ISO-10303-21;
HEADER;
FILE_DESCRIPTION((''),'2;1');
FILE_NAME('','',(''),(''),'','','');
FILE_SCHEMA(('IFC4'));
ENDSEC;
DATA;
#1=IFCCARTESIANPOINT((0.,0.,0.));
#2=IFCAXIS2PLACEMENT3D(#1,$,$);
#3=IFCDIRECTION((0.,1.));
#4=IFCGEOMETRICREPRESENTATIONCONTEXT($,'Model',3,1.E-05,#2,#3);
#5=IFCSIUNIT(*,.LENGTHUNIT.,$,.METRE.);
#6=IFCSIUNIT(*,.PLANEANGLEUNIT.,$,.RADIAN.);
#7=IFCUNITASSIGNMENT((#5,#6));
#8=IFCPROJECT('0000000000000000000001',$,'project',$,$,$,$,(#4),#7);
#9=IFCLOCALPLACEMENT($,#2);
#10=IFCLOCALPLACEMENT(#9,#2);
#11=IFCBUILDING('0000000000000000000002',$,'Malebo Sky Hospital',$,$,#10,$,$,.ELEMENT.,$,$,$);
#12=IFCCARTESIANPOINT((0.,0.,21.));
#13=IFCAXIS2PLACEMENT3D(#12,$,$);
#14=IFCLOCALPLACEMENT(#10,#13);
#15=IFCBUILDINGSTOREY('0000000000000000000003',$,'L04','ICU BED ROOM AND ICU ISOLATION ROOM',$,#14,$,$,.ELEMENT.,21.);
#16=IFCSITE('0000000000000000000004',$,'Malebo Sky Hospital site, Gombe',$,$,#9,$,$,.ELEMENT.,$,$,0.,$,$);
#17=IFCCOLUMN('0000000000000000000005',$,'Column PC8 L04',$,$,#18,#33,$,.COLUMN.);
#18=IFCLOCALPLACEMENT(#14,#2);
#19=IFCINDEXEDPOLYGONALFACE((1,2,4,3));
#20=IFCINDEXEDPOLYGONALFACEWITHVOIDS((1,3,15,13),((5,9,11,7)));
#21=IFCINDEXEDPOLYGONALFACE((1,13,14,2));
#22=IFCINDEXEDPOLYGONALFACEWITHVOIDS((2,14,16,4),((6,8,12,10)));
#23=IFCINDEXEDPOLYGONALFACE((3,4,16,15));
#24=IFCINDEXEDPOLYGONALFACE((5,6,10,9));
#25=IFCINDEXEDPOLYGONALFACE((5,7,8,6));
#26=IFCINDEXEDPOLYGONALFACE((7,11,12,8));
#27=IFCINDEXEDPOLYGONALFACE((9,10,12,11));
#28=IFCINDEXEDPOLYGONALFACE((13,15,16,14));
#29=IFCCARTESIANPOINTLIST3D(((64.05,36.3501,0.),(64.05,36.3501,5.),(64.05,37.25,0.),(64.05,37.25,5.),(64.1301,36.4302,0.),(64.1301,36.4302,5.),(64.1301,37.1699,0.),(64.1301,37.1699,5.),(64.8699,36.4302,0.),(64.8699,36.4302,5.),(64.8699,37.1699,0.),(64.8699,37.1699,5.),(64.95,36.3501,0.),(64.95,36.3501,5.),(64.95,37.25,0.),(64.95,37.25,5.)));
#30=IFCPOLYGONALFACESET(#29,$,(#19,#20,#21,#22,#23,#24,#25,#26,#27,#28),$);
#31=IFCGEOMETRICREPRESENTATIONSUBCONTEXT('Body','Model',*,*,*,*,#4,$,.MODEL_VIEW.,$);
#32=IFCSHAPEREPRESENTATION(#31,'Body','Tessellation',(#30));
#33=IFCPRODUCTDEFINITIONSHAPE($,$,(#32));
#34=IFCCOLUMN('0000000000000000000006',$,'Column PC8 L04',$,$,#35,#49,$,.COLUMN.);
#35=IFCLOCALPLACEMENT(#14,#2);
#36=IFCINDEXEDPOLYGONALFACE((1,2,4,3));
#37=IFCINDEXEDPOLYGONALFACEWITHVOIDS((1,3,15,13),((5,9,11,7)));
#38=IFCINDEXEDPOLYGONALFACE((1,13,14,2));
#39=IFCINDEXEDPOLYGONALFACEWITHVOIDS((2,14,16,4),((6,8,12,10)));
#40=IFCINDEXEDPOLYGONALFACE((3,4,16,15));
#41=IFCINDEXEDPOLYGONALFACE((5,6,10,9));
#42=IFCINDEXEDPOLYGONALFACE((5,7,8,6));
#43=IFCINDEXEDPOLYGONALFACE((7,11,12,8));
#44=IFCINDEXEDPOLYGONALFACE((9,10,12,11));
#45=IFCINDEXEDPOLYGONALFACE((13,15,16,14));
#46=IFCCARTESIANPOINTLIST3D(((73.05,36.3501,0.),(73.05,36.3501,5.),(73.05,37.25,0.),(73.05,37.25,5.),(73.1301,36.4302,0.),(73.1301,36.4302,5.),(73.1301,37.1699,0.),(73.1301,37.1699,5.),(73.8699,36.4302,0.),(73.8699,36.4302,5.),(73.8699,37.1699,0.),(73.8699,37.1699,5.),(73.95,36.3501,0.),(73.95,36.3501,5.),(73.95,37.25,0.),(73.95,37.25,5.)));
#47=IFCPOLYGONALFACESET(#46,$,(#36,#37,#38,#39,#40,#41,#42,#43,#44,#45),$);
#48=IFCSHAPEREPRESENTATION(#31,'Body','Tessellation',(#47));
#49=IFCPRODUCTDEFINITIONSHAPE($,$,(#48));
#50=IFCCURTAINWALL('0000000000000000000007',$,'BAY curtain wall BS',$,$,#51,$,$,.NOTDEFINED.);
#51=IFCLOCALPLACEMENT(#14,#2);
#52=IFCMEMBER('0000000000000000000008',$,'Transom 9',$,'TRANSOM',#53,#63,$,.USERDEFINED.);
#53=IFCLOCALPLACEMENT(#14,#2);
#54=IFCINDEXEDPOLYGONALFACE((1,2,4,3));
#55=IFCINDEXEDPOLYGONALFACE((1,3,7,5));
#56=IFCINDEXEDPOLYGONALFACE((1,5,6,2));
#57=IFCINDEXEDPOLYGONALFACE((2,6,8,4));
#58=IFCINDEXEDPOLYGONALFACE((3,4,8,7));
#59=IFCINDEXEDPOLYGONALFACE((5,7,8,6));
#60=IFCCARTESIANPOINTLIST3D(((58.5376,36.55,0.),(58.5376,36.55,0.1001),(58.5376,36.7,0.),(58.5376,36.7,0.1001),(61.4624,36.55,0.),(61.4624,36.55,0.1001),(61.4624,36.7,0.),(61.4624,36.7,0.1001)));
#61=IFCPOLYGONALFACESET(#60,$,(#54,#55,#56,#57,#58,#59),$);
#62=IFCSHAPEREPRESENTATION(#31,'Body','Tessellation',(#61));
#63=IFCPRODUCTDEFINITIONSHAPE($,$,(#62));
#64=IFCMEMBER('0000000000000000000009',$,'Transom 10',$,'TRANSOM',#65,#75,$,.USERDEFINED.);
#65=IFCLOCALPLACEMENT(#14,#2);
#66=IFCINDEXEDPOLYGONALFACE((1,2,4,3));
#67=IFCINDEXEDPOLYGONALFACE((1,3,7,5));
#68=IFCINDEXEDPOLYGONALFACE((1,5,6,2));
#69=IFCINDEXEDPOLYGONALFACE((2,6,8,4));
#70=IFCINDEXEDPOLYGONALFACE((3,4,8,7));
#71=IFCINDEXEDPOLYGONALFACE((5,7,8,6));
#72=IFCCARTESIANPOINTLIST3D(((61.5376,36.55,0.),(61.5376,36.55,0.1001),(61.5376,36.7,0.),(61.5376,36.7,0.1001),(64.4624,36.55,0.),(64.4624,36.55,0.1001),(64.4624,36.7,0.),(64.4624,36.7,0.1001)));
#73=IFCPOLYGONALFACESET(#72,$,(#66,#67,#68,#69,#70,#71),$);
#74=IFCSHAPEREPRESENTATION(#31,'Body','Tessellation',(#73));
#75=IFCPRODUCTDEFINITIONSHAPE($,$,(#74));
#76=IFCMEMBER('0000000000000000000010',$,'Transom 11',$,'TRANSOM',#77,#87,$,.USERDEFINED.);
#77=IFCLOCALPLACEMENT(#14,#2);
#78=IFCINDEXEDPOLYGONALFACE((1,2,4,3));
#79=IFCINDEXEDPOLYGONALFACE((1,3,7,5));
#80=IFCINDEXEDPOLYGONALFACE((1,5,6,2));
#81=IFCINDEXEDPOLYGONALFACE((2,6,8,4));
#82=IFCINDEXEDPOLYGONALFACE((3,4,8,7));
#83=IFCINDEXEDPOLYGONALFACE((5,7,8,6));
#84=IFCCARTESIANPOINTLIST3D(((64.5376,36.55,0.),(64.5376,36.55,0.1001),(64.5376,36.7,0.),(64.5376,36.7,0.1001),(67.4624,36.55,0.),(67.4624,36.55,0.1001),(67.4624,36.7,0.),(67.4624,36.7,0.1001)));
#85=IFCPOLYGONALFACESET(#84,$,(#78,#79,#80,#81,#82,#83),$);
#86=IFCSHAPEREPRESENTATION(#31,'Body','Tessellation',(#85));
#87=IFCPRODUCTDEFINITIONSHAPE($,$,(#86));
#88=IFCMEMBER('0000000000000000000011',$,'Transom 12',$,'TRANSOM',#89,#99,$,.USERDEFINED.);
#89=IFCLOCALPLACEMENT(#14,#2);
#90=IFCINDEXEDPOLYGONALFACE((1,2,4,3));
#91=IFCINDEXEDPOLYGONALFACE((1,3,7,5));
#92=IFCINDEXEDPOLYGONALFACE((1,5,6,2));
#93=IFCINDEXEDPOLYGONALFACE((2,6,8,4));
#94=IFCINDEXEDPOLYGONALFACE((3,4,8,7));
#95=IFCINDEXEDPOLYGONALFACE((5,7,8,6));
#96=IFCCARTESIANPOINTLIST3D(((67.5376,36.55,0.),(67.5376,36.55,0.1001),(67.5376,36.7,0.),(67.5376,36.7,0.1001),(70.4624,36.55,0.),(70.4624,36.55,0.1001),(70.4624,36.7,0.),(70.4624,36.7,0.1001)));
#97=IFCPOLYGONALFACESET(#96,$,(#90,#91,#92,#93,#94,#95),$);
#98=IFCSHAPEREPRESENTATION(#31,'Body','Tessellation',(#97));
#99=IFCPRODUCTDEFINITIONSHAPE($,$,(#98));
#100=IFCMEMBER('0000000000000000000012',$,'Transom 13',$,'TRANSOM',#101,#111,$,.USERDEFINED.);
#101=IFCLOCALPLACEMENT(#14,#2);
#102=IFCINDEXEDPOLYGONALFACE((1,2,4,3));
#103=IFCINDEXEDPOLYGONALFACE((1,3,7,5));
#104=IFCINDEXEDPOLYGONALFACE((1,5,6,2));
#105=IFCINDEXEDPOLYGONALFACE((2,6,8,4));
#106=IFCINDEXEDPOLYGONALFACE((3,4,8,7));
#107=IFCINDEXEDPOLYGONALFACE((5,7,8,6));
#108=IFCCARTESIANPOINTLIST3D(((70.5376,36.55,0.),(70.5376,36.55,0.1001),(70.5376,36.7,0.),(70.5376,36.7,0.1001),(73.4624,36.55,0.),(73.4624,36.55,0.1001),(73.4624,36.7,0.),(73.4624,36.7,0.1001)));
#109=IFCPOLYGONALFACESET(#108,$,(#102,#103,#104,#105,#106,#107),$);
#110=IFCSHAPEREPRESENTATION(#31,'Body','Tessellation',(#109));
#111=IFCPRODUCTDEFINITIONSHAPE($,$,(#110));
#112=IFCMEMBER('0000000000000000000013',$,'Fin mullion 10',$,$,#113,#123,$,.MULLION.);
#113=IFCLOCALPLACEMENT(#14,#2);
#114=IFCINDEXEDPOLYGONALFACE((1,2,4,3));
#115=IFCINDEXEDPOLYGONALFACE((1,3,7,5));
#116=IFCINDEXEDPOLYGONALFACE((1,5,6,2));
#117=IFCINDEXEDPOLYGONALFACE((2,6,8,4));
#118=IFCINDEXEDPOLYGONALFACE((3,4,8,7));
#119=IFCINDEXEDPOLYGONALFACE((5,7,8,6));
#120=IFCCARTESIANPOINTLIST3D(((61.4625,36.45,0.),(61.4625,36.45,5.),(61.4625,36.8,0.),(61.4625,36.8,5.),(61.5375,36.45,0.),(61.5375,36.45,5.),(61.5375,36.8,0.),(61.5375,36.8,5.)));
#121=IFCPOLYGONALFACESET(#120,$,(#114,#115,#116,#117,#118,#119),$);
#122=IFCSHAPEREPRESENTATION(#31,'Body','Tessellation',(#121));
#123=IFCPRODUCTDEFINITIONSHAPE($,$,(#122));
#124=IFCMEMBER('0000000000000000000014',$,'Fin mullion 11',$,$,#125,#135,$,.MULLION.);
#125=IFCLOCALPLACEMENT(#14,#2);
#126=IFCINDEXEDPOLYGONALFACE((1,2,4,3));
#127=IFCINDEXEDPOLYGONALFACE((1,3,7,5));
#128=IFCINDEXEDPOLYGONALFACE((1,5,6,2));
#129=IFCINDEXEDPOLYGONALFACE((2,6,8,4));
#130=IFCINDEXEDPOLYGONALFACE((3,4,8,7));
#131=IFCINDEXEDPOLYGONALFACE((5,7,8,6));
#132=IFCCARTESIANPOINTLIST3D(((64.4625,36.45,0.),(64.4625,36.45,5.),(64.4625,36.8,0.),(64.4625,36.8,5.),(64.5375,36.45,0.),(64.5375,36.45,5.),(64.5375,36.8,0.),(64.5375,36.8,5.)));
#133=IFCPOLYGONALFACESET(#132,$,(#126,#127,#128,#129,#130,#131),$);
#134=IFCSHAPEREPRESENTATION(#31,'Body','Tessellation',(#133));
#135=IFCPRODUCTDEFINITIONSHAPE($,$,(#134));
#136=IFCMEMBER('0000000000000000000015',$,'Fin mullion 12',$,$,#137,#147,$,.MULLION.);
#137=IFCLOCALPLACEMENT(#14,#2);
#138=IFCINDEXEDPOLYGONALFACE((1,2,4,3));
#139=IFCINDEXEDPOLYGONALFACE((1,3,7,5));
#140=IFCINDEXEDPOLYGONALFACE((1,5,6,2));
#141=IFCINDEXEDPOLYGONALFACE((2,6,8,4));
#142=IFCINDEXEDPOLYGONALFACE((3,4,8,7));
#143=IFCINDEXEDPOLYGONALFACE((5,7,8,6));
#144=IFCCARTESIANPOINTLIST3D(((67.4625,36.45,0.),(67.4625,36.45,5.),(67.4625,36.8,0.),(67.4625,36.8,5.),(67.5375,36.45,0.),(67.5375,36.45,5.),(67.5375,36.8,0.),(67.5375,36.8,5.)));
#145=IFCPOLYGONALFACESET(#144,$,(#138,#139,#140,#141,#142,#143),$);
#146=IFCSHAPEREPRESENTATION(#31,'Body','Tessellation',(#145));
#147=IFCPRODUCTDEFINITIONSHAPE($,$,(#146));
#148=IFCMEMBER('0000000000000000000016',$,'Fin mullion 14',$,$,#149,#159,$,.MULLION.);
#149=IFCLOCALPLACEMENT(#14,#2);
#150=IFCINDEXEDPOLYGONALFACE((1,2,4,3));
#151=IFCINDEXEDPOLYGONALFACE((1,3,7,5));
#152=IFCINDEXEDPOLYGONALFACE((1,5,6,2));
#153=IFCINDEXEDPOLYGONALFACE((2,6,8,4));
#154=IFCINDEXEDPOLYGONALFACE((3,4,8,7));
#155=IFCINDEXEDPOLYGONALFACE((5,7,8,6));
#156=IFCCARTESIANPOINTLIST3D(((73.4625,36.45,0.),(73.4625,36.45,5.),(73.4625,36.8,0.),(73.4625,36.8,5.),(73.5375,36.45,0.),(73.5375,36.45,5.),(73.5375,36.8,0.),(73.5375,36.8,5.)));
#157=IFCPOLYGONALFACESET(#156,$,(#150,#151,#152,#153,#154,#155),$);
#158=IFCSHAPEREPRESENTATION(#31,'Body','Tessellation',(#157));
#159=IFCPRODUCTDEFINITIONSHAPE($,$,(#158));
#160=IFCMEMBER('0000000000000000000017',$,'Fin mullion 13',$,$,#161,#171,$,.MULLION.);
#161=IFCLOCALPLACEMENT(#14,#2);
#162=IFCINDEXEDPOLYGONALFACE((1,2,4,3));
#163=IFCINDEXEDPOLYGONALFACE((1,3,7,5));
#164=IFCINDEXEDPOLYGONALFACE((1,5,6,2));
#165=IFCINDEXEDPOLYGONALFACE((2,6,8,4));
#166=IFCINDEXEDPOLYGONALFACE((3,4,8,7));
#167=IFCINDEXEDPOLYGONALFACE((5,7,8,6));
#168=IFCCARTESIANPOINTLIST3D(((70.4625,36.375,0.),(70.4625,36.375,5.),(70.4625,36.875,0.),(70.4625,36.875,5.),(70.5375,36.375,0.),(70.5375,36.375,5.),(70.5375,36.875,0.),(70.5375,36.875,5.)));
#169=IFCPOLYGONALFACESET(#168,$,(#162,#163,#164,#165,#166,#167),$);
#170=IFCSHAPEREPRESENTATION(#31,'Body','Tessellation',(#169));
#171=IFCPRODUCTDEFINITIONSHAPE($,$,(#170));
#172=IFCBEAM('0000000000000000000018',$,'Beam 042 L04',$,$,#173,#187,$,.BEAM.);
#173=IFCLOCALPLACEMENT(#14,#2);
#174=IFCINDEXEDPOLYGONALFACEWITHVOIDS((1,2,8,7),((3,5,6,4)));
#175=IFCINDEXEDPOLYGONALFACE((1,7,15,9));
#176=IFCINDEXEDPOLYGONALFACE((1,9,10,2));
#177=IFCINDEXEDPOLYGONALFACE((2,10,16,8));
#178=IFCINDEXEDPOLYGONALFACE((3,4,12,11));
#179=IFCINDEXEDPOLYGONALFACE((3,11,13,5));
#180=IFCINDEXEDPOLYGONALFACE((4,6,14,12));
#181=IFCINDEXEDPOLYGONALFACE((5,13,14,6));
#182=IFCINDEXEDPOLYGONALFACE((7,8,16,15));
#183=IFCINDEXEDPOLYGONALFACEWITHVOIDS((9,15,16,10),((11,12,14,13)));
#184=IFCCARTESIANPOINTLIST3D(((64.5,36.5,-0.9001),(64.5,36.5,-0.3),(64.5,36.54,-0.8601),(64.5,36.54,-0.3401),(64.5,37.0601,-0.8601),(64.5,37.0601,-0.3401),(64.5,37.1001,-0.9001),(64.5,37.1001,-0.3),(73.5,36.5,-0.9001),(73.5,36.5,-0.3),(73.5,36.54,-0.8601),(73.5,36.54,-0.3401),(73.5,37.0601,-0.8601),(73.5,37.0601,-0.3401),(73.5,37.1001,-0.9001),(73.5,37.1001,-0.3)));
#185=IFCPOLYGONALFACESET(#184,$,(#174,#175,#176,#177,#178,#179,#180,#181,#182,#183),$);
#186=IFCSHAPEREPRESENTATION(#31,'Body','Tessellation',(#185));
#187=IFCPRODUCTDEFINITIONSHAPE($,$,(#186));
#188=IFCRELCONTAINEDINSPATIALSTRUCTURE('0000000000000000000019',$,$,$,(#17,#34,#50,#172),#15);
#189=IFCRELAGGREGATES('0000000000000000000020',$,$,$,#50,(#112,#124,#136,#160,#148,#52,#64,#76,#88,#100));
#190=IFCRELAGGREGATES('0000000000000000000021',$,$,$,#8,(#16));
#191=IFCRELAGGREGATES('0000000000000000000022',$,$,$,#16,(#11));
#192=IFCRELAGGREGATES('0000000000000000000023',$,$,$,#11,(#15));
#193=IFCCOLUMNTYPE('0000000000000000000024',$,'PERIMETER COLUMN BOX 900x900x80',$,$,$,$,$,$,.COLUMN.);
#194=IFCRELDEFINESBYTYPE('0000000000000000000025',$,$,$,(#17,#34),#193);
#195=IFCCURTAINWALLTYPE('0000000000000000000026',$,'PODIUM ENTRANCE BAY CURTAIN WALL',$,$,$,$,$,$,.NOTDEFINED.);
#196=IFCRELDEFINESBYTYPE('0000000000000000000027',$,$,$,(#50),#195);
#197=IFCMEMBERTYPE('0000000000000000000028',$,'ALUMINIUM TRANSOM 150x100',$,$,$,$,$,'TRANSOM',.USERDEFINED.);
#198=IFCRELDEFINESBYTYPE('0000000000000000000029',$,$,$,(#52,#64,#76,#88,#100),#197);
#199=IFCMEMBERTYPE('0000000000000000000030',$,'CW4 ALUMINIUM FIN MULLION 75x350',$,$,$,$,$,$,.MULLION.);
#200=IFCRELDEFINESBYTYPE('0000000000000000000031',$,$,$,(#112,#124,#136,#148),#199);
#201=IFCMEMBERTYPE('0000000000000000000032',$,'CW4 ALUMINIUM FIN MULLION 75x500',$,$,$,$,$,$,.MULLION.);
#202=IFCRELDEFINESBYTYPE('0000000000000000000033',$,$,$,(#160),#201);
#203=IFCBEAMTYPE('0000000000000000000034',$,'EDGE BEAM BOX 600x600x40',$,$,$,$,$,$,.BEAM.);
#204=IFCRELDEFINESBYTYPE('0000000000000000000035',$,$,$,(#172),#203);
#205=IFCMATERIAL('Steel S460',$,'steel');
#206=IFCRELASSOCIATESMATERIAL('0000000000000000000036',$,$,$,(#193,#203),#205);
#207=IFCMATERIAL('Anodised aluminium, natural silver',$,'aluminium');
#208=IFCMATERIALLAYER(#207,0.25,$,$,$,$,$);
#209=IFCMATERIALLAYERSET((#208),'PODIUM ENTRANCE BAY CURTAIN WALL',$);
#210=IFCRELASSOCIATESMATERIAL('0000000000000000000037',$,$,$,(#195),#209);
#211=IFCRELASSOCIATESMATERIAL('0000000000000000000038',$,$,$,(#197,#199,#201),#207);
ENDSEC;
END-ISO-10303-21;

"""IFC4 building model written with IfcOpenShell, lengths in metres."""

from ifc_helpers import new_model, si_unit, direction, frame, origin, origin_2d, place, context, subcontext, project, spatial, rectangle, hollow_rectangle, extrude, material, layer, layer_set, material_profile, profile_set, type_object, element, aggregate, save


model = new_model("IFC4")

# Units and contexts
model_context = context("Model", 3, precision=1e-05, world=origin(), true_north=direction((0.0, 1.0)))
body_context = subcontext(model_context, "Body", "Model", "MODEL_VIEW")
ifc_project = project(units=[si_unit("LENGTHUNIT", "METRE"), si_unit("PLANEANGLEUNIT", "RADIAN")], contexts=[model_context])

# Site, building, storey
site_placement = place(None, origin())
site = spatial("IfcSite", under=ifc_project, at=site_placement, Name="Malebo Sky Hospital site, Gombe", CompositionType="ELEMENT", RefElevation=0.0)
building_placement = place(site_placement, origin())
building = spatial("IfcBuilding", under=site, at=building_placement, Name="Malebo Sky Hospital", CompositionType="ELEMENT")
storey_placement = place(building_placement, frame((0.0, 0.0, 21.0)))
storey = spatial("IfcBuildingStorey", under=building, at=storey_placement, Name="L04", Description="ICU BED ROOM AND ICU ISOLATION ROOM", CompositionType="ELEMENT", Elevation=21.0)

# Columns
ifc_material_1 = material(Name="Steel S460", Category="steel")
ifc_material_profile_1 = material_profile(ifc_material_1, hollow_rectangle(XDim=0.8999, YDim=0.8999, WallThickness=0.0801, at=origin_2d()), Name="BOX 900x900x80")
ifc_profile_set_1 = profile_set([ifc_material_profile_1], Name="Steel S460")
column_type = type_object("IfcColumnType", Name="PERIMETER COLUMN BOX 900x900x80", PredefinedType="COLUMN", material=ifc_profile_set_1)
for number, where, z_axis, x_axis, name in (
    (1, (64.5, 36.8, 0.0), (0.0, 0.0, 1.0), (1.0, 0.0, 0.0), "Column PC8 L04"),
    (2, (73.5, 36.8, 0.0), (0.0, 0.0, 1.0), (1.0, 0.0, 0.0), "Column PC8 L04"),
):
    element("IfcColumn", number, at=place(storey_placement, frame(where, z_axis=z_axis, x_axis=x_axis)), inside=storey, type_object=column_type, Name=name, PredefinedType="COLUMN", context=body_context, shape_type="SweptSolid", body=[
        extrude(hollow_rectangle(XDim=0.8999, YDim=0.8999, WallThickness=0.0801, at=origin_2d()), origin(), (0.0, 0.0, 1.0), 5.0),
    ])

# Curtain wall, members
ifc_material_2 = material(Name="Anodised aluminium, natural silver", Category="aluminium")
ifc_layer_1 = layer(ifc_material_2, 0.25)
ifc_layer_set_1 = layer_set([ifc_layer_1], Name="PODIUM ENTRANCE BAY CURTAIN WALL")
curtain_wall_type = type_object("IfcCurtainWallType", Name="PODIUM ENTRANCE BAY CURTAIN WALL", PredefinedType="NOTDEFINED", material=ifc_layer_set_1)
curtain_wall_placement = place(storey_placement, origin())
curtain_wall = element("IfcCurtainWall", 3, at=curtain_wall_placement, inside=storey, type_object=curtain_wall_type, Name="BAY curtain wall BS", PredefinedType="NOTDEFINED")
ifc_material_profile_2 = material_profile(ifc_material_2, rectangle(XDim=0.1499, YDim=0.1001, at=origin_2d()), Name="ALUMINIUM TRANSOM 150x100")
ifc_profile_set_2 = profile_set([ifc_material_profile_2], Name="Anodised aluminium, natural silver")
member_type_1 = type_object("IfcMemberType", Name="ALUMINIUM TRANSOM 150x100", ElementType="TRANSOM", PredefinedType="USERDEFINED", material=ifc_profile_set_2)
member_1_placement = place(storey_placement, frame((58.5376, 36.625, 0.05), z_axis=(1.0, 0.0, 0.0), x_axis=(0.0, 1.0, 0.0)))
member_1 = element("IfcMember", 4, at=member_1_placement, type_object=member_type_1, Name="Transom 9", ObjectType="TRANSOM", PredefinedType="USERDEFINED", context=body_context, shape_type="SweptSolid", body=[
    extrude(rectangle(XDim=0.1499, YDim=0.1001, at=origin_2d()), origin(), (0.0, 0.0, 1.0), 2.9248),
])
member_2_placement = place(storey_placement, frame((61.5376, 36.625, 0.05), z_axis=(1.0, 0.0, 0.0), x_axis=(0.0, 1.0, 0.0)))
member_2 = element("IfcMember", 5, at=member_2_placement, type_object=member_type_1, Name="Transom 10", ObjectType="TRANSOM", PredefinedType="USERDEFINED", context=body_context, shape_type="SweptSolid", body=[
    extrude(rectangle(XDim=0.1499, YDim=0.1001, at=origin_2d()), origin(), (0.0, 0.0, 1.0), 2.9248),
])
member_3_placement = place(storey_placement, frame((64.5376, 36.625, 0.05), z_axis=(1.0, 0.0, 0.0), x_axis=(0.0, 1.0, 0.0)))
member_3 = element("IfcMember", 6, at=member_3_placement, type_object=member_type_1, Name="Transom 11", ObjectType="TRANSOM", PredefinedType="USERDEFINED", context=body_context, shape_type="SweptSolid", body=[
    extrude(rectangle(XDim=0.1499, YDim=0.1001, at=origin_2d()), origin(), (0.0, 0.0, 1.0), 2.9248),
])
member_4_placement = place(storey_placement, frame((67.5376, 36.625, 0.05), z_axis=(1.0, 0.0, 0.0), x_axis=(0.0, 1.0, 0.0)))
member_4 = element("IfcMember", 7, at=member_4_placement, type_object=member_type_1, Name="Transom 12", ObjectType="TRANSOM", PredefinedType="USERDEFINED", context=body_context, shape_type="SweptSolid", body=[
    extrude(rectangle(XDim=0.1499, YDim=0.1001, at=origin_2d()), origin(), (0.0, 0.0, 1.0), 2.9248),
])
member_5_placement = place(storey_placement, frame((70.5376, 36.625, 0.05), z_axis=(1.0, 0.0, 0.0), x_axis=(0.0, 1.0, 0.0)))
member_5 = element("IfcMember", 8, at=member_5_placement, type_object=member_type_1, Name="Transom 13", ObjectType="TRANSOM", PredefinedType="USERDEFINED", context=body_context, shape_type="SweptSolid", body=[
    extrude(rectangle(XDim=0.1499, YDim=0.1001, at=origin_2d()), origin(), (0.0, 0.0, 1.0), 2.9248),
])
ifc_material_profile_3 = material_profile(ifc_material_2, rectangle(XDim=0.075, YDim=0.3501, at=origin_2d()), Name="CW4 ALUMINIUM FIN MULLION 75x350")
ifc_profile_set_3 = profile_set([ifc_material_profile_3], Name="Anodised aluminium, natural silver")
member_type_2 = type_object("IfcMemberType", Name="CW4 ALUMINIUM FIN MULLION 75x350", PredefinedType="MULLION", material=ifc_profile_set_3)
member_6_placement = place(storey_placement, frame((61.5, 36.625, 0.0), z_axis=(0.0, 0.0, 1.0), x_axis=(1.0, 0.0, 0.0)))
member_6 = element("IfcMember", 9, at=member_6_placement, type_object=member_type_2, Name="Fin mullion 10", PredefinedType="MULLION", context=body_context, shape_type="SweptSolid", body=[
    extrude(rectangle(XDim=0.075, YDim=0.3501, at=origin_2d()), origin(), (0.0, 0.0, 1.0), 5.0),
])
member_7_placement = place(storey_placement, frame((64.5, 36.625, 0.0), z_axis=(0.0, 0.0, 1.0), x_axis=(1.0, 0.0, 0.0)))
member_7 = element("IfcMember", 10, at=member_7_placement, type_object=member_type_2, Name="Fin mullion 11", PredefinedType="MULLION", context=body_context, shape_type="SweptSolid", body=[
    extrude(rectangle(XDim=0.075, YDim=0.3501, at=origin_2d()), origin(), (0.0, 0.0, 1.0), 5.0),
])
member_8_placement = place(storey_placement, frame((67.5, 36.625, 0.0), z_axis=(0.0, 0.0, 1.0), x_axis=(1.0, 0.0, 0.0)))
member_8 = element("IfcMember", 11, at=member_8_placement, type_object=member_type_2, Name="Fin mullion 12", PredefinedType="MULLION", context=body_context, shape_type="SweptSolid", body=[
    extrude(rectangle(XDim=0.075, YDim=0.3501, at=origin_2d()), origin(), (0.0, 0.0, 1.0), 5.0),
])
member_9_placement = place(storey_placement, frame((73.5, 36.625, 0.0), z_axis=(0.0, 0.0, 1.0), x_axis=(1.0, 0.0, 0.0)))
member_9 = element("IfcMember", 12, at=member_9_placement, type_object=member_type_2, Name="Fin mullion 14", PredefinedType="MULLION", context=body_context, shape_type="SweptSolid", body=[
    extrude(rectangle(XDim=0.075, YDim=0.3501, at=origin_2d()), origin(), (0.0, 0.0, 1.0), 5.0),
])
ifc_material_profile_4 = material_profile(ifc_material_2, rectangle(XDim=0.075, YDim=0.5, at=origin_2d()), Name="CW4 ALUMINIUM FIN MULLION 75x500")
ifc_profile_set_4 = profile_set([ifc_material_profile_4], Name="Anodised aluminium, natural silver")
member_type_3 = type_object("IfcMemberType", Name="CW4 ALUMINIUM FIN MULLION 75x500", PredefinedType="MULLION", material=ifc_profile_set_4)
member_10_placement = place(storey_placement, frame((70.5, 36.625, 0.0), z_axis=(0.0, 0.0, 1.0), x_axis=(1.0, 0.0, 0.0)))
member_10 = element("IfcMember", 13, at=member_10_placement, type_object=member_type_3, Name="Fin mullion 13", PredefinedType="MULLION", context=body_context, shape_type="SweptSolid", body=[
    extrude(rectangle(XDim=0.075, YDim=0.5, at=origin_2d()), origin(), (0.0, 0.0, 1.0), 5.0),
])

# Beam
ifc_material_profile_5 = material_profile(ifc_material_1, hollow_rectangle(XDim=0.6001, YDim=0.6001, WallThickness=0.04, at=origin_2d()), Name="BOX 600x600x40")
ifc_profile_set_5 = profile_set([ifc_material_profile_5], Name="Steel S460")
beam_type_1 = type_object("IfcBeamType", Name="EDGE BEAM BOX 600x600x40", PredefinedType="BEAM", material=ifc_profile_set_5)
beam_1_placement = place(storey_placement, frame((64.5, 36.8, -0.6001), z_axis=(1.0, 0.0, 0.0), x_axis=(0.0, 1.0, 0.0)))
element("IfcBeam", 14, at=beam_1_placement, inside=storey, type_object=beam_type_1, Name="Beam 042 L04", PredefinedType="BEAM", context=body_context, shape_type="SweptSolid", body=[
    extrude(hollow_rectangle(XDim=0.6001, YDim=0.6001, WallThickness=0.04, at=origin_2d()), origin(), (0.0, 0.0, 1.0), 9.0),
])

aggregate(curtain_wall, [member_6, member_7, member_8, member_10, member_9, member_1, member_2, member_3, member_4, member_5])

save(model, "model.ifc")
